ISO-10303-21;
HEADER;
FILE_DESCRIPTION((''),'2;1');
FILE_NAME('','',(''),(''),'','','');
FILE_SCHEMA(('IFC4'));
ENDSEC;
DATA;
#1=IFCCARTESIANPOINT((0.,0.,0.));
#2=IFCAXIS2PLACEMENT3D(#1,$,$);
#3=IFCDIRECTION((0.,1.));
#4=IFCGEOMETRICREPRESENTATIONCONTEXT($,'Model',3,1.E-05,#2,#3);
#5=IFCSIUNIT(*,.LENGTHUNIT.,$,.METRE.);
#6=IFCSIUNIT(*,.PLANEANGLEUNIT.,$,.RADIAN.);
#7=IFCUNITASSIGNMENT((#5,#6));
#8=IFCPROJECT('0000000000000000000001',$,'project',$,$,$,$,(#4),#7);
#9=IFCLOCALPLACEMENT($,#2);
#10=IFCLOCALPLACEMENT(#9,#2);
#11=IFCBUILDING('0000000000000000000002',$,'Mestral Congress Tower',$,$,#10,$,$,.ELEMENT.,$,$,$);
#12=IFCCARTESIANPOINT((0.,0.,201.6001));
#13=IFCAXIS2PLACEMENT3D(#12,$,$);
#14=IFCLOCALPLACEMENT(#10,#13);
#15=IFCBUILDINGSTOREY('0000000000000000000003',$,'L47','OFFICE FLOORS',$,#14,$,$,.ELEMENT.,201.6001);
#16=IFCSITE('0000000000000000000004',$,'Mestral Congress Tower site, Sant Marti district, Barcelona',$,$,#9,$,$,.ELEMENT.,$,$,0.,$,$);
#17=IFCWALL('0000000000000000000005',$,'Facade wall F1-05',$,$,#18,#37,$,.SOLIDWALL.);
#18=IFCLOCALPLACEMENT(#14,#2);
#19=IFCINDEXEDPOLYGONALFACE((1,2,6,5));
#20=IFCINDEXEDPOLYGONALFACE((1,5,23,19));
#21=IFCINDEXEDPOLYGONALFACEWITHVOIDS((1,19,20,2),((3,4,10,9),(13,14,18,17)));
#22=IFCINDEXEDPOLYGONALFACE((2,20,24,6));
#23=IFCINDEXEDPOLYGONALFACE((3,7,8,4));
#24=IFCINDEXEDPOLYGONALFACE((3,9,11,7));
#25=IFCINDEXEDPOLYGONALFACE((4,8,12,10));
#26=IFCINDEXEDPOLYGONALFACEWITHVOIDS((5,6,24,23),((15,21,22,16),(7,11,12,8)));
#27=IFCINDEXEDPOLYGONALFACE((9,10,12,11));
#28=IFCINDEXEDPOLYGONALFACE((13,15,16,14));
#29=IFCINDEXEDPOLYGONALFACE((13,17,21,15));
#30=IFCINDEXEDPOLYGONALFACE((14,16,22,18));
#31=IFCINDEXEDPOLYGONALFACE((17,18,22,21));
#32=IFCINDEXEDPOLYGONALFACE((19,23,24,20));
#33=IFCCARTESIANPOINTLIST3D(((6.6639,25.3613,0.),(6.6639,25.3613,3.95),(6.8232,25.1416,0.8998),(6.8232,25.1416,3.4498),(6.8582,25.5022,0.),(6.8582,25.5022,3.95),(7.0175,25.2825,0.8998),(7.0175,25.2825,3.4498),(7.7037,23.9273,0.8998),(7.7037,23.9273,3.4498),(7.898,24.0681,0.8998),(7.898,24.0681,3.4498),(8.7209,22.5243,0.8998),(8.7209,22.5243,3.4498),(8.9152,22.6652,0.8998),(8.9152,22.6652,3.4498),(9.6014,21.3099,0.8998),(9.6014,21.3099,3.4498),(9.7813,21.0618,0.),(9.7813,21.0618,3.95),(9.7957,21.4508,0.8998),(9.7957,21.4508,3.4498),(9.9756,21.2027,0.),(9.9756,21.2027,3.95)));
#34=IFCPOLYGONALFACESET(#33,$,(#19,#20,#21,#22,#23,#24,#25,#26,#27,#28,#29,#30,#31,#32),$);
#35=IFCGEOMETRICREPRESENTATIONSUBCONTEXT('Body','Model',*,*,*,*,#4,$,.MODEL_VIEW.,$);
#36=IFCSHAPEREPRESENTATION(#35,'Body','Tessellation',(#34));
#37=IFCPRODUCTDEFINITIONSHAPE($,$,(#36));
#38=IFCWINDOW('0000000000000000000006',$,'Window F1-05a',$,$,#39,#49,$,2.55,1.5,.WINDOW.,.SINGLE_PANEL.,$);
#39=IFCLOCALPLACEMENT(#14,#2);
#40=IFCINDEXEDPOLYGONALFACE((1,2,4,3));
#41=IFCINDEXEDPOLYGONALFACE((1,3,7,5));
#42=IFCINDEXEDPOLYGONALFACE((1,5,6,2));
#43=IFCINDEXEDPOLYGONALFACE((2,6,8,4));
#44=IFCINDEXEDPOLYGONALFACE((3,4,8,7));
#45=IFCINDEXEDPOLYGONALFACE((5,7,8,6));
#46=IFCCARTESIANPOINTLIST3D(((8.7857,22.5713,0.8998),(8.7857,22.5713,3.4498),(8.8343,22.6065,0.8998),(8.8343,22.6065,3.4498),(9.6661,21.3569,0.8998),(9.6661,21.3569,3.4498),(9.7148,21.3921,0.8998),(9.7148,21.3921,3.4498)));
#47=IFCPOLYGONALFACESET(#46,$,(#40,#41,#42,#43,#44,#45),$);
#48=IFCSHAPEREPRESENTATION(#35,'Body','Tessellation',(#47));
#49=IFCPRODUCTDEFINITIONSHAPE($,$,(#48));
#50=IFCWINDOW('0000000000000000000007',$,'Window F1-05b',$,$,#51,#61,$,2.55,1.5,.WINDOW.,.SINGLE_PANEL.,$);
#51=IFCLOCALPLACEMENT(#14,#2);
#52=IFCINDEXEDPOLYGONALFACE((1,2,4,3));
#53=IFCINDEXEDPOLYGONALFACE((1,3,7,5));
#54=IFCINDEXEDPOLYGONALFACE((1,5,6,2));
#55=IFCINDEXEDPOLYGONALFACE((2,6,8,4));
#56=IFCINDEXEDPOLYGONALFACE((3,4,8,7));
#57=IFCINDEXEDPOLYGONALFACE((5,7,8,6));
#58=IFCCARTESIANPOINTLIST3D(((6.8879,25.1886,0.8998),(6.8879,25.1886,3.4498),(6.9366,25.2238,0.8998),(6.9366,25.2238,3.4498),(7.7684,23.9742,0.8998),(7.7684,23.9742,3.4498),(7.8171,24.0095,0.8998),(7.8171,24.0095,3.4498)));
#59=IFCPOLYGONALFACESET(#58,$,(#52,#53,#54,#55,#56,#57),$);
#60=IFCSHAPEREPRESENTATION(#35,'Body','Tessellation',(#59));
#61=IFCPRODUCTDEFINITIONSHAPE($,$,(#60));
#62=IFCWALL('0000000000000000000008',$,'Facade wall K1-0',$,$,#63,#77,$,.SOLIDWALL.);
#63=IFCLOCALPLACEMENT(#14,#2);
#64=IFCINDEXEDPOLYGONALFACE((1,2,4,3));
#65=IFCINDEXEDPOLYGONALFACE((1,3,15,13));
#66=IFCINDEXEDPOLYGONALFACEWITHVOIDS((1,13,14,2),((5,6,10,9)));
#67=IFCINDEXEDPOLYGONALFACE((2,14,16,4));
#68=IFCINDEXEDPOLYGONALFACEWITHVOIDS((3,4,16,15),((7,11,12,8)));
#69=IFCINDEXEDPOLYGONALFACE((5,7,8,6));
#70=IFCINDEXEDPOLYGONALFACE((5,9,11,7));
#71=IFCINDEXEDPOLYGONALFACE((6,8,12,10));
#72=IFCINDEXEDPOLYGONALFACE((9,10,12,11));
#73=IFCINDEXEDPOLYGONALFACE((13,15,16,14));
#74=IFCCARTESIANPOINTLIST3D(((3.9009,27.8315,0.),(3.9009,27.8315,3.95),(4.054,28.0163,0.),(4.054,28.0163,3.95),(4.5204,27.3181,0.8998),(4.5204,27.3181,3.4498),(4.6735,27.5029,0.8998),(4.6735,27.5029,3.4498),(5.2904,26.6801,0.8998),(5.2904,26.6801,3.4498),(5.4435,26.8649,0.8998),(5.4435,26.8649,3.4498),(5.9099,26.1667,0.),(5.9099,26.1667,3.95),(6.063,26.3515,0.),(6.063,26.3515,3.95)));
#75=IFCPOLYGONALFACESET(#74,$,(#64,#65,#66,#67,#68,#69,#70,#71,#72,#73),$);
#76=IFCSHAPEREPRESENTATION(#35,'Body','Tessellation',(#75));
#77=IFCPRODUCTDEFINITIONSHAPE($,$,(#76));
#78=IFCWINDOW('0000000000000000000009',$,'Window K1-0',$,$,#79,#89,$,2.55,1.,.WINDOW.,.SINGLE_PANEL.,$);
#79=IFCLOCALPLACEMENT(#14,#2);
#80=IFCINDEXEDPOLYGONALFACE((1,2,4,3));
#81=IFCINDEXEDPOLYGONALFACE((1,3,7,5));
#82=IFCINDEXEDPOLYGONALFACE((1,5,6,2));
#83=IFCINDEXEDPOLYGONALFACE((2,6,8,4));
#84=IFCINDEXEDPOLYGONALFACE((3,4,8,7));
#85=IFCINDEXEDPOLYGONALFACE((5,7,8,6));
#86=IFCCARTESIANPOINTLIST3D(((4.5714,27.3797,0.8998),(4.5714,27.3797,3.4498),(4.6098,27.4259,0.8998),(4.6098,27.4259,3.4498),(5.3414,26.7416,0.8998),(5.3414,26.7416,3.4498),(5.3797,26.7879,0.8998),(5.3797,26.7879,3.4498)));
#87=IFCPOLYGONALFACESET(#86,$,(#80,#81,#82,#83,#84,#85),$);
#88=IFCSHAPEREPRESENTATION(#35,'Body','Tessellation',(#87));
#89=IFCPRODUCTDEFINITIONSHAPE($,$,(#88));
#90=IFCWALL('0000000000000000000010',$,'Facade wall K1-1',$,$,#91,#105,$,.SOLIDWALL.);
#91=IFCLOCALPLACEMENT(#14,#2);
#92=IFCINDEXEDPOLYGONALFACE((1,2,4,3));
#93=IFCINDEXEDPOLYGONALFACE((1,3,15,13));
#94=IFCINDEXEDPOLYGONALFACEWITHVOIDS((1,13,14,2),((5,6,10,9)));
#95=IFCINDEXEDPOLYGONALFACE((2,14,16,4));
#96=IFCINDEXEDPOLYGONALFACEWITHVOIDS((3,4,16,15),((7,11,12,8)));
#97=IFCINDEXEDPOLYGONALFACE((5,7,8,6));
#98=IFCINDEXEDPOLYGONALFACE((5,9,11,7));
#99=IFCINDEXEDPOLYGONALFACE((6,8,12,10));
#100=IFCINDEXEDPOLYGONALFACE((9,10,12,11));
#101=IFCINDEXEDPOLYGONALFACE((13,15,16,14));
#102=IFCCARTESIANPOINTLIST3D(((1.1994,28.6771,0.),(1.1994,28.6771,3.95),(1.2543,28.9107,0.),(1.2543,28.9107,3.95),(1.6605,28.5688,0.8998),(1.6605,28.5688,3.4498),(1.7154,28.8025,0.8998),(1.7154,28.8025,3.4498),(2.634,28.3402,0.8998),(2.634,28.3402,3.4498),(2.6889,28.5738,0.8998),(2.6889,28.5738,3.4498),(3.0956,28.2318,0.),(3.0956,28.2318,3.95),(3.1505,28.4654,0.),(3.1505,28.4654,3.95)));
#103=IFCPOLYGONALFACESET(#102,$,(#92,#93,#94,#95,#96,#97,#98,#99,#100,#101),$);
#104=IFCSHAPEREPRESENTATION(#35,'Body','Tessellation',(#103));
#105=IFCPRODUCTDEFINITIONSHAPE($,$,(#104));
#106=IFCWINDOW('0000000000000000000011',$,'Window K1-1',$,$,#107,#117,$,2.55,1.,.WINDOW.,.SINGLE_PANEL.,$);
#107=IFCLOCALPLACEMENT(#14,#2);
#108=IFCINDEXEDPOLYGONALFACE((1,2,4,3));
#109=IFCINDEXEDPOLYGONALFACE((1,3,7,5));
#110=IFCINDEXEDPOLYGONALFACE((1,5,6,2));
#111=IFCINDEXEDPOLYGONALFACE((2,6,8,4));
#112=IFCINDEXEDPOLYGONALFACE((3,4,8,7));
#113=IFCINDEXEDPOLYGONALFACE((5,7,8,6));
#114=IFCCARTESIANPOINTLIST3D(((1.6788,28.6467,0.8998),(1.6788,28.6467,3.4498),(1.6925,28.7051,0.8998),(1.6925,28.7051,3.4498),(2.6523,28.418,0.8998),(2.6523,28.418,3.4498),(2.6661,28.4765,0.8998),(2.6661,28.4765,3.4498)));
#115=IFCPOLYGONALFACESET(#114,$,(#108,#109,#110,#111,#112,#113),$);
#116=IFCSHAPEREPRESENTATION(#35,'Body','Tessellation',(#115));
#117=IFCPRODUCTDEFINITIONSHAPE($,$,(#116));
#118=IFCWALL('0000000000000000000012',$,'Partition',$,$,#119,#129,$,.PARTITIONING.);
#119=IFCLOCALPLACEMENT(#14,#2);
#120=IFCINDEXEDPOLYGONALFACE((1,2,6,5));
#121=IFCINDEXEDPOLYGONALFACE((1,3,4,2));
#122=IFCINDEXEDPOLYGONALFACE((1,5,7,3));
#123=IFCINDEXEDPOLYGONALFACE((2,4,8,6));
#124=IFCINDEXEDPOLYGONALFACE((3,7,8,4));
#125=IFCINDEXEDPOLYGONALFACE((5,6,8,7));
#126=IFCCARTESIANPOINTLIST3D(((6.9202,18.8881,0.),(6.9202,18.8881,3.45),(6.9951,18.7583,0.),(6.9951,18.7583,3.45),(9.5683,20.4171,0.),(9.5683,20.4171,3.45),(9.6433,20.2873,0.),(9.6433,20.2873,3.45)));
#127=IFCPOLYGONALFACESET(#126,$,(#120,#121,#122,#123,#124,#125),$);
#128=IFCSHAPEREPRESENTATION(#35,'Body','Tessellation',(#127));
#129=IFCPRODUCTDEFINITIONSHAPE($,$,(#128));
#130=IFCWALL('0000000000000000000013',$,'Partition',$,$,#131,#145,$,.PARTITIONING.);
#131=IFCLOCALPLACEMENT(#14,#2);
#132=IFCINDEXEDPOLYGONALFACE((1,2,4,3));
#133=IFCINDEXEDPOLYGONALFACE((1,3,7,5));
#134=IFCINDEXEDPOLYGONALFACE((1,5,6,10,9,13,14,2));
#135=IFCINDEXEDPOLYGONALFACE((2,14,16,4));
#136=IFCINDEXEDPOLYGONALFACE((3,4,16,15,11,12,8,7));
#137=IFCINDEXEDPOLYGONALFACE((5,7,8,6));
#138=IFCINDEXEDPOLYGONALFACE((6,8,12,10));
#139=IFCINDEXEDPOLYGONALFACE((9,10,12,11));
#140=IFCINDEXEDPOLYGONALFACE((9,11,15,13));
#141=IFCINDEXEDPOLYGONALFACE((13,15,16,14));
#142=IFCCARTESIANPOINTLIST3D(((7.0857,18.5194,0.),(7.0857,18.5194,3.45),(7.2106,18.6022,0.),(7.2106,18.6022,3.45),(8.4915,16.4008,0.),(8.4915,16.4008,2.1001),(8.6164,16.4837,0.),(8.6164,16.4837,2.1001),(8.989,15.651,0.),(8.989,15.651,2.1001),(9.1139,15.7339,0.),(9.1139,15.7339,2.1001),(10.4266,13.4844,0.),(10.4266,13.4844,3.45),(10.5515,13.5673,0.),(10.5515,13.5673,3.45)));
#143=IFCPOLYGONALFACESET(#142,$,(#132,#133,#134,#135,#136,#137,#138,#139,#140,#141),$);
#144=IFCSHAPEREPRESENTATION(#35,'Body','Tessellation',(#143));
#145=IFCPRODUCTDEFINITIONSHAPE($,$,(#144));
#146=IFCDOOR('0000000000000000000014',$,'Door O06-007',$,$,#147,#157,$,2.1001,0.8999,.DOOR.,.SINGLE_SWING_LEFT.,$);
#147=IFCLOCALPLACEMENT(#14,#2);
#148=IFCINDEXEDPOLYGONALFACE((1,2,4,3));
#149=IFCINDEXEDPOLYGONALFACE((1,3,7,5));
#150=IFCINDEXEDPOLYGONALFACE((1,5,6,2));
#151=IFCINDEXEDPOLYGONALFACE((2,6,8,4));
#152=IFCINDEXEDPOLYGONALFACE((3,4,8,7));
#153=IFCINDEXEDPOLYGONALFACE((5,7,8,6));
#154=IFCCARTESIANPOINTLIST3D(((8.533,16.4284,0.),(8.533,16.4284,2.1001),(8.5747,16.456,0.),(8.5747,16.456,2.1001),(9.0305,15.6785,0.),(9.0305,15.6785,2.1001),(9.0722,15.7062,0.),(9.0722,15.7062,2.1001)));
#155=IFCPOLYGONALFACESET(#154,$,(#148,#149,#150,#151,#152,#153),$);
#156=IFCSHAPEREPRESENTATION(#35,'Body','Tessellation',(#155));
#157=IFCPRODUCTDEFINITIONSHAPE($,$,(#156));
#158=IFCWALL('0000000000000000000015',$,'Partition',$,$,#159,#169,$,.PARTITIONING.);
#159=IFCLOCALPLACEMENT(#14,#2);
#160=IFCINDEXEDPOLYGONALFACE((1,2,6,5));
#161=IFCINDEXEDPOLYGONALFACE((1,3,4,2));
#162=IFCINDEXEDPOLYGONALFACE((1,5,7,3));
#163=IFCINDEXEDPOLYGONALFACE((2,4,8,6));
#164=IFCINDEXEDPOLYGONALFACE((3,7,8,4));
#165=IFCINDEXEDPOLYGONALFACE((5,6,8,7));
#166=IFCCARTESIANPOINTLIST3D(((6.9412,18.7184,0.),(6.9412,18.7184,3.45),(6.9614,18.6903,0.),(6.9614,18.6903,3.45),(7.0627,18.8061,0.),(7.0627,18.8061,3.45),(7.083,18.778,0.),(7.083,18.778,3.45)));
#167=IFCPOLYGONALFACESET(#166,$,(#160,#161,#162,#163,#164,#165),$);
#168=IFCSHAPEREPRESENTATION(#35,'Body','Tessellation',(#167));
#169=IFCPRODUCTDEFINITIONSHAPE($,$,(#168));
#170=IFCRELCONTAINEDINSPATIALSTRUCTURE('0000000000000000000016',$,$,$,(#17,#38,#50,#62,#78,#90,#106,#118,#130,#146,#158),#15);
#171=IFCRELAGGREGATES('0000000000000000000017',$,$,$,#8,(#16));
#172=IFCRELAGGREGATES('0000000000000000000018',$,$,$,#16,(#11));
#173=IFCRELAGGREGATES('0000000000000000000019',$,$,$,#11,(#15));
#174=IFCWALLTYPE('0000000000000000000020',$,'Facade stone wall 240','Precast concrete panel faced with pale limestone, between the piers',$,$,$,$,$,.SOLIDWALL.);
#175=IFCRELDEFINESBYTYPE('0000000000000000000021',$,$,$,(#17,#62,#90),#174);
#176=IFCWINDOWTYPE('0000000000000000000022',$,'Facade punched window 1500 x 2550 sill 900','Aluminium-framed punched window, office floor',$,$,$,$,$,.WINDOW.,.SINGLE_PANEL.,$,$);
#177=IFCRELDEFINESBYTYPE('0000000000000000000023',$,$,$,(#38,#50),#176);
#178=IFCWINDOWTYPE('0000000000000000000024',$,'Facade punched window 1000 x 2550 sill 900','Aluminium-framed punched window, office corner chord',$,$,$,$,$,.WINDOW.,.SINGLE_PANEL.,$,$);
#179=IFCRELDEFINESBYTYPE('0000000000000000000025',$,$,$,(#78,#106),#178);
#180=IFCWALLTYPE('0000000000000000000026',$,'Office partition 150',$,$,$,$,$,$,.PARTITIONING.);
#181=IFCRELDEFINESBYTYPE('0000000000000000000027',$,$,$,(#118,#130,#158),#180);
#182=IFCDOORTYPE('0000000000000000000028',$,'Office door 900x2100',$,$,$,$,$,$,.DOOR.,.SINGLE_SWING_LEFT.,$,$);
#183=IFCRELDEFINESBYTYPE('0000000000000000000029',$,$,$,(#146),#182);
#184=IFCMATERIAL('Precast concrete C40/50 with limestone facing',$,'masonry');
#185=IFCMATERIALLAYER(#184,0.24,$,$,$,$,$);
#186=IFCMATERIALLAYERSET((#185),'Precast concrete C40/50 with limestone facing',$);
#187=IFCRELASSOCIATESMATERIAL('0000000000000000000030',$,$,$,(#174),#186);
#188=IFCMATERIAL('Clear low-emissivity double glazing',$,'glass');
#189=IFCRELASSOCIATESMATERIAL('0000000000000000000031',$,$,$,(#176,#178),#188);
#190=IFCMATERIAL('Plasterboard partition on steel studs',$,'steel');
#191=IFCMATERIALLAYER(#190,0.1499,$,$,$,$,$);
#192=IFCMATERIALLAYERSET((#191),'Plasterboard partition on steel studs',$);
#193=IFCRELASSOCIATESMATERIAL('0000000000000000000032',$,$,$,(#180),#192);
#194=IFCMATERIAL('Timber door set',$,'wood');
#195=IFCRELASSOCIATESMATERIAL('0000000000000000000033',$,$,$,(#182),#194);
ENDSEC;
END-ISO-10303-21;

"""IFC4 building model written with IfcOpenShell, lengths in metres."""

from ifc_helpers import new_model, si_unit, direction, frame, frame_2d, origin, place, context, subcontext, project, spatial, rectangle, extrude, material, layer, layer_set, type_object, element, fill, save


model = new_model("IFC4")

# Units and contexts
model_context = context("Model", 3, precision=1e-05, world=origin(), true_north=direction((0.0, 1.0)))
body_context = subcontext(model_context, "Body", "Model", "MODEL_VIEW")
ifc_project = project(units=[si_unit("LENGTHUNIT", "METRE"), si_unit("PLANEANGLEUNIT", "RADIAN")], contexts=[model_context])

# Site, building, storey
site_placement = place(None, origin())
site = spatial("IfcSite", under=ifc_project, at=site_placement, Name="Mestral Congress Tower site, Sant Marti district, Barcelona", CompositionType="ELEMENT", RefElevation=0.0)
building_placement = place(site_placement, origin())
building = spatial("IfcBuilding", under=site, at=building_placement, Name="Mestral Congress Tower", CompositionType="ELEMENT")
storey_placement = place(building_placement, frame((0.0, 0.0, 201.6001)))
storey = spatial("IfcBuildingStorey", under=building, at=storey_placement, Name="L47", Description="OFFICE FLOORS", CompositionType="ELEMENT", Elevation=201.6001)

# Wall, openings, windows
ifc_material_1 = material(Name="Precast concrete C40/50 with limestone facing", Category="masonry")
ifc_layer_1 = layer(ifc_material_1, 0.24)
ifc_layer_set_1 = layer_set([ifc_layer_1], Name="Precast concrete C40/50 with limestone facing")
wall_type_1 = type_object("IfcWallType", Name="Facade stone wall 240", Description="Precast concrete panel faced with pale limestone, between the piers", PredefinedType="SOLIDWALL", material=ifc_layer_set_1)
wall_1_placement = place(storey_placement, frame((9.8784, 21.1323, 0.0), z_axis=(0.0, 0.0, 1.0), x_axis=(-0.586998, 0.809588, 0.0)))
wall_1 = element("IfcWall", 1, at=wall_1_placement, inside=storey, type_object=wall_type_1, Name="Facade wall F1-05", PredefinedType="SOLIDWALL", context=body_context, shape_type="SweptSolid", body=[
    extrude(rectangle(XDim=5.3108, YDim=0.24, at=frame_2d((2.6553, 0.0))), origin(), (0.0, 0.0, 1.0), 3.95),
])
opening_1_placement = place(wall_1_placement, frame((0.3064, 0.0, 0.8999)))
opening_1 = element("IfcOpeningElement", 2, at=opening_1_placement, cuts=wall_1, PredefinedType="OPENING", context=body_context, shape_type="SweptSolid", body=[
    extrude(rectangle(XDim=1.5, YDim=2.55, at=frame_2d((0.75, 1.2749))), frame((0.0, 0.1299, 0.0), z_axis=(0.0, -1.0, 0.0), x_axis=(1.0, 0.0, 0.0)), (0.0, 0.0, 1.0), 0.26),
])
opening_2_placement = place(wall_1_placement, frame((3.5393, 0.0, 0.8999)))
opening_2 = element("IfcOpeningElement", 3, at=opening_2_placement, cuts=wall_1, PredefinedType="OPENING", context=body_context, shape_type="SweptSolid", body=[
    extrude(rectangle(XDim=1.5, YDim=2.55, at=frame_2d((0.75, 1.2749))), frame((0.0, 0.1299, 0.0), z_axis=(0.0, -1.0, 0.0), x_axis=(1.0, 0.0, 0.0)), (0.0, 0.0, 1.0), 0.26),
])
ifc_material_2 = material(Name="Clear low-emissivity double glazing", Category="glass")
window_type_1 = type_object("IfcWindowType", Name="Facade punched window 1500 x 2550 sill 900", Description="Aluminium-framed punched window, office floor", PartitioningType="SINGLE_PANEL", PredefinedType="WINDOW", material=ifc_material_2)
window_1_placement = place(opening_1_placement, origin())
window_1 = element("IfcWindow", 4, at=window_1_placement, inside=storey, type_object=window_type_1, Name="Window F1-05a", OverallHeight=2.55, OverallWidth=1.5, PartitioningType="SINGLE_PANEL", PredefinedType="WINDOW", context=body_context, shape_type="SweptSolid", body=[
    extrude(rectangle(XDim=1.5, YDim=2.55, at=frame_2d((0.75, 1.2749))), frame((0.0, 0.04, 0.0), z_axis=(0.0, -1.0, 0.0), x_axis=(1.0, 0.0, 0.0)), (0.0, 0.0, 1.0), 0.0601),
])
fill(opening_1, window_1)
window_2_placement = place(opening_2_placement, origin())
window_2 = element("IfcWindow", 5, at=window_2_placement, inside=storey, type_object=window_type_1, Name="Window F1-05b", OverallHeight=2.55, OverallWidth=1.5, PartitioningType="SINGLE_PANEL", PredefinedType="WINDOW", context=body_context, shape_type="SweptSolid", body=[
    extrude(rectangle(XDim=1.5, YDim=2.55, at=frame_2d((0.75, 1.2749))), frame((0.0, 0.04, 0.0), z_axis=(0.0, -1.0, 0.0), x_axis=(1.0, 0.0, 0.0)), (0.0, 0.0, 1.0), 0.0601),
])
fill(opening_2, window_2)

# Walls, openings, windows
wall_2_placement = place(storey_placement, frame((5.9866, 26.259, 0.0), z_axis=(0.0, 0.0, 1.0), x_axis=(-0.76999, 0.638056, 0.0)))
wall_2 = element("IfcWall", 6, at=wall_2_placement, inside=storey, type_object=wall_type_1, Name="Facade wall K1-0", PredefinedType="SOLIDWALL", context=body_context, shape_type="SweptSolid", body=[
    extrude(rectangle(XDim=2.6091, YDim=0.24, at=frame_2d((1.3047, 0.0))), origin(), (0.0, 0.0, 1.0), 3.95),
])
opening_3_placement = place(wall_2_placement, frame((0.8047, 0.0, 0.8999)))
opening_3 = element("IfcOpeningElement", 7, at=opening_3_placement, cuts=wall_2, PredefinedType="OPENING", context=body_context, shape_type="SweptSolid", body=[
    extrude(rectangle(XDim=1.0, YDim=2.55, at=frame_2d((0.5, 1.2749))), frame((0.0, 0.1299, 0.0), z_axis=(0.0, -1.0, 0.0), x_axis=(1.0, 0.0, 0.0)), (0.0, 0.0, 1.0), 0.26),
])
window_type_2 = type_object("IfcWindowType", Name="Facade punched window 1000 x 2550 sill 900", Description="Aluminium-framed punched window, office corner chord", PartitioningType="SINGLE_PANEL", PredefinedType="WINDOW", material=ifc_material_2)
window_3_placement = place(opening_3_placement, origin())
window_3 = element("IfcWindow", 8, at=window_3_placement, inside=storey, type_object=window_type_2, Name="Window K1-0", OverallHeight=2.55, OverallWidth=1.0, PartitioningType="SINGLE_PANEL", PredefinedType="WINDOW", context=body_context, shape_type="SweptSolid", body=[
    extrude(rectangle(XDim=1.0, YDim=2.55, at=frame_2d((0.5, 1.2749))), frame((0.0, 0.04, 0.0), z_axis=(0.0, -1.0, 0.0), x_axis=(1.0, 0.0, 0.0)), (0.0, 0.0, 1.0), 0.0601),
])
fill(opening_3, window_3)
wall_3_placement = place(storey_placement, frame((3.123, 28.3486, 0.0), z_axis=(0.0, 0.0, 1.0), x_axis=(-0.973516, 0.22862, 0.0)))
wall_3 = element("IfcWall", 9, at=wall_3_placement, inside=storey, type_object=wall_type_1, Name="Facade wall K1-1", PredefinedType="SOLIDWALL", context=body_context, shape_type="SweptSolid", body=[
    extrude(rectangle(XDim=1.9478, YDim=0.24, at=frame_2d((0.9739, 0.0))), origin(), (0.0, 0.0, 1.0), 3.95),
])
opening_4_placement = place(wall_3_placement, frame((0.4741, 0.0, 0.8999)))
opening_4 = element("IfcOpeningElement", 10, at=opening_4_placement, cuts=wall_3, PredefinedType="OPENING", context=body_context, shape_type="SweptSolid", body=[
    extrude(rectangle(XDim=1.0, YDim=2.55, at=frame_2d((0.5, 1.2749))), frame((0.0, 0.1299, 0.0), z_axis=(0.0, -1.0, 0.0), x_axis=(1.0, 0.0, 0.0)), (0.0, 0.0, 1.0), 0.26),
])
window_4_placement = place(opening_4_placement, origin())
window_4 = element("IfcWindow", 11, at=window_4_placement, inside=storey, type_object=window_type_2, Name="Window K1-1", OverallHeight=2.55, OverallWidth=1.0, PartitioningType="SINGLE_PANEL", PredefinedType="WINDOW", context=body_context, shape_type="SweptSolid", body=[
    extrude(rectangle(XDim=1.0, YDim=2.55, at=frame_2d((0.5, 1.2749))), frame((0.0, 0.04, 0.0), z_axis=(0.0, -1.0, 0.0), x_axis=(1.0, 0.0, 0.0)), (0.0, 0.0, 1.0), 0.0601),
])
fill(opening_4, window_4)

# Wall
ifc_material_3 = material(Name="Plasterboard partition on steel studs", Category="steel")
ifc_layer_2 = layer(ifc_material_3, 0.1499)
ifc_layer_set_2 = layer_set([ifc_layer_2], Name="Plasterboard partition on steel studs")
wall_type_2 = type_object("IfcWallType", Name="Office partition 150", PredefinedType="PARTITIONING", material=ifc_layer_set_2)
wall_4_placement = place(storey_placement, frame((6.9578, 18.8232, 0.0), z_axis=(0.0, 0.0, 1.0), x_axis=(0.866009, 0.500029, 0.0)))
element("IfcWall", 12, at=wall_4_placement, inside=storey, type_object=wall_type_2, Name="Partition", PredefinedType="PARTITIONING", context=body_context, shape_type="SweptSolid", body=[
    extrude(rectangle(XDim=3.0579, YDim=0.1499, at=frame_2d((1.5288, 0.0))), origin(), (0.0, 0.0, 1.0), 3.45),
])

# Wall, opening, door
wall_5_placement = place(storey_placement, frame((7.1482, 18.5608, 0.0), z_axis=(0.0, 0.0, 1.0), x_axis=(0.55289, -0.833254, 0.0)))
wall_5 = element("IfcWall", 13, at=wall_5_placement, inside=storey, type_object=wall_type_2, Name="Partition", PredefinedType="PARTITIONING", context=body_context, shape_type="SweptSolid", body=[
    extrude(rectangle(XDim=6.0425, YDim=0.1499, at=frame_2d((3.0212, 0.0))), origin(), (0.0, 0.0, 1.0), 3.45),
])
opening_5_placement = place(wall_5_placement, frame((2.5425, 0.0, 0.0)))
opening_5 = element("IfcOpeningElement", 14, at=opening_5_placement, cuts=wall_5, PredefinedType="OPENING", context=body_context, shape_type="SweptSolid", body=[
    extrude(rectangle(XDim=0.8999, YDim=2.1001, at=frame_2d((0.45, 1.05))), frame((0.0, 0.085, 0.0), z_axis=(0.0, -1.0, 0.0), x_axis=(1.0, 0.0, 0.0)), (0.0, 0.0, 1.0), 0.1699),
])
ifc_material_4 = material(Name="Timber door set", Category="wood")
door_type = type_object("IfcDoorType", Name="Office door 900x2100", OperationType="SINGLE_SWING_LEFT", PredefinedType="DOOR", material=ifc_material_4)
door_1_placement = place(opening_5_placement, origin())
door_1 = element("IfcDoor", 15, at=door_1_placement, inside=storey, type_object=door_type, Name="Door O06-007", OperationType="SINGLE_SWING_LEFT", OverallHeight=2.1001, OverallWidth=0.8999, PredefinedType="DOOR", context=body_context, shape_type="SweptSolid", body=[
    extrude(rectangle(XDim=0.8999, YDim=2.1001, at=frame_2d((0.45, 1.05))), frame((0.0, 0.0249, 0.0), z_axis=(0.0, -1.0, 0.0), x_axis=(1.0, 0.0, 0.0)), (0.0, 0.0, 1.0), 0.05),
])
fill(opening_5, door_1)

# Wall
wall_6_placement = place(storey_placement, frame((7.0222, 18.7341, 0.0), z_axis=(0.0, 0.0, 1.0), x_axis=(-0.585233, 0.810865, 0.0)))
element("IfcWall", 16, at=wall_6_placement, inside=storey, type_object=wall_type_2, Name="Partition", PredefinedType="PARTITIONING", context=body_context, shape_type="SweptSolid", body=[
    extrude(rectangle(XDim=0.0347, YDim=0.1499, at=frame_2d((0.0173, 0.0))), origin(), (0.0, 0.0, 1.0), 3.45),
])

save(model, "model.ifc")
